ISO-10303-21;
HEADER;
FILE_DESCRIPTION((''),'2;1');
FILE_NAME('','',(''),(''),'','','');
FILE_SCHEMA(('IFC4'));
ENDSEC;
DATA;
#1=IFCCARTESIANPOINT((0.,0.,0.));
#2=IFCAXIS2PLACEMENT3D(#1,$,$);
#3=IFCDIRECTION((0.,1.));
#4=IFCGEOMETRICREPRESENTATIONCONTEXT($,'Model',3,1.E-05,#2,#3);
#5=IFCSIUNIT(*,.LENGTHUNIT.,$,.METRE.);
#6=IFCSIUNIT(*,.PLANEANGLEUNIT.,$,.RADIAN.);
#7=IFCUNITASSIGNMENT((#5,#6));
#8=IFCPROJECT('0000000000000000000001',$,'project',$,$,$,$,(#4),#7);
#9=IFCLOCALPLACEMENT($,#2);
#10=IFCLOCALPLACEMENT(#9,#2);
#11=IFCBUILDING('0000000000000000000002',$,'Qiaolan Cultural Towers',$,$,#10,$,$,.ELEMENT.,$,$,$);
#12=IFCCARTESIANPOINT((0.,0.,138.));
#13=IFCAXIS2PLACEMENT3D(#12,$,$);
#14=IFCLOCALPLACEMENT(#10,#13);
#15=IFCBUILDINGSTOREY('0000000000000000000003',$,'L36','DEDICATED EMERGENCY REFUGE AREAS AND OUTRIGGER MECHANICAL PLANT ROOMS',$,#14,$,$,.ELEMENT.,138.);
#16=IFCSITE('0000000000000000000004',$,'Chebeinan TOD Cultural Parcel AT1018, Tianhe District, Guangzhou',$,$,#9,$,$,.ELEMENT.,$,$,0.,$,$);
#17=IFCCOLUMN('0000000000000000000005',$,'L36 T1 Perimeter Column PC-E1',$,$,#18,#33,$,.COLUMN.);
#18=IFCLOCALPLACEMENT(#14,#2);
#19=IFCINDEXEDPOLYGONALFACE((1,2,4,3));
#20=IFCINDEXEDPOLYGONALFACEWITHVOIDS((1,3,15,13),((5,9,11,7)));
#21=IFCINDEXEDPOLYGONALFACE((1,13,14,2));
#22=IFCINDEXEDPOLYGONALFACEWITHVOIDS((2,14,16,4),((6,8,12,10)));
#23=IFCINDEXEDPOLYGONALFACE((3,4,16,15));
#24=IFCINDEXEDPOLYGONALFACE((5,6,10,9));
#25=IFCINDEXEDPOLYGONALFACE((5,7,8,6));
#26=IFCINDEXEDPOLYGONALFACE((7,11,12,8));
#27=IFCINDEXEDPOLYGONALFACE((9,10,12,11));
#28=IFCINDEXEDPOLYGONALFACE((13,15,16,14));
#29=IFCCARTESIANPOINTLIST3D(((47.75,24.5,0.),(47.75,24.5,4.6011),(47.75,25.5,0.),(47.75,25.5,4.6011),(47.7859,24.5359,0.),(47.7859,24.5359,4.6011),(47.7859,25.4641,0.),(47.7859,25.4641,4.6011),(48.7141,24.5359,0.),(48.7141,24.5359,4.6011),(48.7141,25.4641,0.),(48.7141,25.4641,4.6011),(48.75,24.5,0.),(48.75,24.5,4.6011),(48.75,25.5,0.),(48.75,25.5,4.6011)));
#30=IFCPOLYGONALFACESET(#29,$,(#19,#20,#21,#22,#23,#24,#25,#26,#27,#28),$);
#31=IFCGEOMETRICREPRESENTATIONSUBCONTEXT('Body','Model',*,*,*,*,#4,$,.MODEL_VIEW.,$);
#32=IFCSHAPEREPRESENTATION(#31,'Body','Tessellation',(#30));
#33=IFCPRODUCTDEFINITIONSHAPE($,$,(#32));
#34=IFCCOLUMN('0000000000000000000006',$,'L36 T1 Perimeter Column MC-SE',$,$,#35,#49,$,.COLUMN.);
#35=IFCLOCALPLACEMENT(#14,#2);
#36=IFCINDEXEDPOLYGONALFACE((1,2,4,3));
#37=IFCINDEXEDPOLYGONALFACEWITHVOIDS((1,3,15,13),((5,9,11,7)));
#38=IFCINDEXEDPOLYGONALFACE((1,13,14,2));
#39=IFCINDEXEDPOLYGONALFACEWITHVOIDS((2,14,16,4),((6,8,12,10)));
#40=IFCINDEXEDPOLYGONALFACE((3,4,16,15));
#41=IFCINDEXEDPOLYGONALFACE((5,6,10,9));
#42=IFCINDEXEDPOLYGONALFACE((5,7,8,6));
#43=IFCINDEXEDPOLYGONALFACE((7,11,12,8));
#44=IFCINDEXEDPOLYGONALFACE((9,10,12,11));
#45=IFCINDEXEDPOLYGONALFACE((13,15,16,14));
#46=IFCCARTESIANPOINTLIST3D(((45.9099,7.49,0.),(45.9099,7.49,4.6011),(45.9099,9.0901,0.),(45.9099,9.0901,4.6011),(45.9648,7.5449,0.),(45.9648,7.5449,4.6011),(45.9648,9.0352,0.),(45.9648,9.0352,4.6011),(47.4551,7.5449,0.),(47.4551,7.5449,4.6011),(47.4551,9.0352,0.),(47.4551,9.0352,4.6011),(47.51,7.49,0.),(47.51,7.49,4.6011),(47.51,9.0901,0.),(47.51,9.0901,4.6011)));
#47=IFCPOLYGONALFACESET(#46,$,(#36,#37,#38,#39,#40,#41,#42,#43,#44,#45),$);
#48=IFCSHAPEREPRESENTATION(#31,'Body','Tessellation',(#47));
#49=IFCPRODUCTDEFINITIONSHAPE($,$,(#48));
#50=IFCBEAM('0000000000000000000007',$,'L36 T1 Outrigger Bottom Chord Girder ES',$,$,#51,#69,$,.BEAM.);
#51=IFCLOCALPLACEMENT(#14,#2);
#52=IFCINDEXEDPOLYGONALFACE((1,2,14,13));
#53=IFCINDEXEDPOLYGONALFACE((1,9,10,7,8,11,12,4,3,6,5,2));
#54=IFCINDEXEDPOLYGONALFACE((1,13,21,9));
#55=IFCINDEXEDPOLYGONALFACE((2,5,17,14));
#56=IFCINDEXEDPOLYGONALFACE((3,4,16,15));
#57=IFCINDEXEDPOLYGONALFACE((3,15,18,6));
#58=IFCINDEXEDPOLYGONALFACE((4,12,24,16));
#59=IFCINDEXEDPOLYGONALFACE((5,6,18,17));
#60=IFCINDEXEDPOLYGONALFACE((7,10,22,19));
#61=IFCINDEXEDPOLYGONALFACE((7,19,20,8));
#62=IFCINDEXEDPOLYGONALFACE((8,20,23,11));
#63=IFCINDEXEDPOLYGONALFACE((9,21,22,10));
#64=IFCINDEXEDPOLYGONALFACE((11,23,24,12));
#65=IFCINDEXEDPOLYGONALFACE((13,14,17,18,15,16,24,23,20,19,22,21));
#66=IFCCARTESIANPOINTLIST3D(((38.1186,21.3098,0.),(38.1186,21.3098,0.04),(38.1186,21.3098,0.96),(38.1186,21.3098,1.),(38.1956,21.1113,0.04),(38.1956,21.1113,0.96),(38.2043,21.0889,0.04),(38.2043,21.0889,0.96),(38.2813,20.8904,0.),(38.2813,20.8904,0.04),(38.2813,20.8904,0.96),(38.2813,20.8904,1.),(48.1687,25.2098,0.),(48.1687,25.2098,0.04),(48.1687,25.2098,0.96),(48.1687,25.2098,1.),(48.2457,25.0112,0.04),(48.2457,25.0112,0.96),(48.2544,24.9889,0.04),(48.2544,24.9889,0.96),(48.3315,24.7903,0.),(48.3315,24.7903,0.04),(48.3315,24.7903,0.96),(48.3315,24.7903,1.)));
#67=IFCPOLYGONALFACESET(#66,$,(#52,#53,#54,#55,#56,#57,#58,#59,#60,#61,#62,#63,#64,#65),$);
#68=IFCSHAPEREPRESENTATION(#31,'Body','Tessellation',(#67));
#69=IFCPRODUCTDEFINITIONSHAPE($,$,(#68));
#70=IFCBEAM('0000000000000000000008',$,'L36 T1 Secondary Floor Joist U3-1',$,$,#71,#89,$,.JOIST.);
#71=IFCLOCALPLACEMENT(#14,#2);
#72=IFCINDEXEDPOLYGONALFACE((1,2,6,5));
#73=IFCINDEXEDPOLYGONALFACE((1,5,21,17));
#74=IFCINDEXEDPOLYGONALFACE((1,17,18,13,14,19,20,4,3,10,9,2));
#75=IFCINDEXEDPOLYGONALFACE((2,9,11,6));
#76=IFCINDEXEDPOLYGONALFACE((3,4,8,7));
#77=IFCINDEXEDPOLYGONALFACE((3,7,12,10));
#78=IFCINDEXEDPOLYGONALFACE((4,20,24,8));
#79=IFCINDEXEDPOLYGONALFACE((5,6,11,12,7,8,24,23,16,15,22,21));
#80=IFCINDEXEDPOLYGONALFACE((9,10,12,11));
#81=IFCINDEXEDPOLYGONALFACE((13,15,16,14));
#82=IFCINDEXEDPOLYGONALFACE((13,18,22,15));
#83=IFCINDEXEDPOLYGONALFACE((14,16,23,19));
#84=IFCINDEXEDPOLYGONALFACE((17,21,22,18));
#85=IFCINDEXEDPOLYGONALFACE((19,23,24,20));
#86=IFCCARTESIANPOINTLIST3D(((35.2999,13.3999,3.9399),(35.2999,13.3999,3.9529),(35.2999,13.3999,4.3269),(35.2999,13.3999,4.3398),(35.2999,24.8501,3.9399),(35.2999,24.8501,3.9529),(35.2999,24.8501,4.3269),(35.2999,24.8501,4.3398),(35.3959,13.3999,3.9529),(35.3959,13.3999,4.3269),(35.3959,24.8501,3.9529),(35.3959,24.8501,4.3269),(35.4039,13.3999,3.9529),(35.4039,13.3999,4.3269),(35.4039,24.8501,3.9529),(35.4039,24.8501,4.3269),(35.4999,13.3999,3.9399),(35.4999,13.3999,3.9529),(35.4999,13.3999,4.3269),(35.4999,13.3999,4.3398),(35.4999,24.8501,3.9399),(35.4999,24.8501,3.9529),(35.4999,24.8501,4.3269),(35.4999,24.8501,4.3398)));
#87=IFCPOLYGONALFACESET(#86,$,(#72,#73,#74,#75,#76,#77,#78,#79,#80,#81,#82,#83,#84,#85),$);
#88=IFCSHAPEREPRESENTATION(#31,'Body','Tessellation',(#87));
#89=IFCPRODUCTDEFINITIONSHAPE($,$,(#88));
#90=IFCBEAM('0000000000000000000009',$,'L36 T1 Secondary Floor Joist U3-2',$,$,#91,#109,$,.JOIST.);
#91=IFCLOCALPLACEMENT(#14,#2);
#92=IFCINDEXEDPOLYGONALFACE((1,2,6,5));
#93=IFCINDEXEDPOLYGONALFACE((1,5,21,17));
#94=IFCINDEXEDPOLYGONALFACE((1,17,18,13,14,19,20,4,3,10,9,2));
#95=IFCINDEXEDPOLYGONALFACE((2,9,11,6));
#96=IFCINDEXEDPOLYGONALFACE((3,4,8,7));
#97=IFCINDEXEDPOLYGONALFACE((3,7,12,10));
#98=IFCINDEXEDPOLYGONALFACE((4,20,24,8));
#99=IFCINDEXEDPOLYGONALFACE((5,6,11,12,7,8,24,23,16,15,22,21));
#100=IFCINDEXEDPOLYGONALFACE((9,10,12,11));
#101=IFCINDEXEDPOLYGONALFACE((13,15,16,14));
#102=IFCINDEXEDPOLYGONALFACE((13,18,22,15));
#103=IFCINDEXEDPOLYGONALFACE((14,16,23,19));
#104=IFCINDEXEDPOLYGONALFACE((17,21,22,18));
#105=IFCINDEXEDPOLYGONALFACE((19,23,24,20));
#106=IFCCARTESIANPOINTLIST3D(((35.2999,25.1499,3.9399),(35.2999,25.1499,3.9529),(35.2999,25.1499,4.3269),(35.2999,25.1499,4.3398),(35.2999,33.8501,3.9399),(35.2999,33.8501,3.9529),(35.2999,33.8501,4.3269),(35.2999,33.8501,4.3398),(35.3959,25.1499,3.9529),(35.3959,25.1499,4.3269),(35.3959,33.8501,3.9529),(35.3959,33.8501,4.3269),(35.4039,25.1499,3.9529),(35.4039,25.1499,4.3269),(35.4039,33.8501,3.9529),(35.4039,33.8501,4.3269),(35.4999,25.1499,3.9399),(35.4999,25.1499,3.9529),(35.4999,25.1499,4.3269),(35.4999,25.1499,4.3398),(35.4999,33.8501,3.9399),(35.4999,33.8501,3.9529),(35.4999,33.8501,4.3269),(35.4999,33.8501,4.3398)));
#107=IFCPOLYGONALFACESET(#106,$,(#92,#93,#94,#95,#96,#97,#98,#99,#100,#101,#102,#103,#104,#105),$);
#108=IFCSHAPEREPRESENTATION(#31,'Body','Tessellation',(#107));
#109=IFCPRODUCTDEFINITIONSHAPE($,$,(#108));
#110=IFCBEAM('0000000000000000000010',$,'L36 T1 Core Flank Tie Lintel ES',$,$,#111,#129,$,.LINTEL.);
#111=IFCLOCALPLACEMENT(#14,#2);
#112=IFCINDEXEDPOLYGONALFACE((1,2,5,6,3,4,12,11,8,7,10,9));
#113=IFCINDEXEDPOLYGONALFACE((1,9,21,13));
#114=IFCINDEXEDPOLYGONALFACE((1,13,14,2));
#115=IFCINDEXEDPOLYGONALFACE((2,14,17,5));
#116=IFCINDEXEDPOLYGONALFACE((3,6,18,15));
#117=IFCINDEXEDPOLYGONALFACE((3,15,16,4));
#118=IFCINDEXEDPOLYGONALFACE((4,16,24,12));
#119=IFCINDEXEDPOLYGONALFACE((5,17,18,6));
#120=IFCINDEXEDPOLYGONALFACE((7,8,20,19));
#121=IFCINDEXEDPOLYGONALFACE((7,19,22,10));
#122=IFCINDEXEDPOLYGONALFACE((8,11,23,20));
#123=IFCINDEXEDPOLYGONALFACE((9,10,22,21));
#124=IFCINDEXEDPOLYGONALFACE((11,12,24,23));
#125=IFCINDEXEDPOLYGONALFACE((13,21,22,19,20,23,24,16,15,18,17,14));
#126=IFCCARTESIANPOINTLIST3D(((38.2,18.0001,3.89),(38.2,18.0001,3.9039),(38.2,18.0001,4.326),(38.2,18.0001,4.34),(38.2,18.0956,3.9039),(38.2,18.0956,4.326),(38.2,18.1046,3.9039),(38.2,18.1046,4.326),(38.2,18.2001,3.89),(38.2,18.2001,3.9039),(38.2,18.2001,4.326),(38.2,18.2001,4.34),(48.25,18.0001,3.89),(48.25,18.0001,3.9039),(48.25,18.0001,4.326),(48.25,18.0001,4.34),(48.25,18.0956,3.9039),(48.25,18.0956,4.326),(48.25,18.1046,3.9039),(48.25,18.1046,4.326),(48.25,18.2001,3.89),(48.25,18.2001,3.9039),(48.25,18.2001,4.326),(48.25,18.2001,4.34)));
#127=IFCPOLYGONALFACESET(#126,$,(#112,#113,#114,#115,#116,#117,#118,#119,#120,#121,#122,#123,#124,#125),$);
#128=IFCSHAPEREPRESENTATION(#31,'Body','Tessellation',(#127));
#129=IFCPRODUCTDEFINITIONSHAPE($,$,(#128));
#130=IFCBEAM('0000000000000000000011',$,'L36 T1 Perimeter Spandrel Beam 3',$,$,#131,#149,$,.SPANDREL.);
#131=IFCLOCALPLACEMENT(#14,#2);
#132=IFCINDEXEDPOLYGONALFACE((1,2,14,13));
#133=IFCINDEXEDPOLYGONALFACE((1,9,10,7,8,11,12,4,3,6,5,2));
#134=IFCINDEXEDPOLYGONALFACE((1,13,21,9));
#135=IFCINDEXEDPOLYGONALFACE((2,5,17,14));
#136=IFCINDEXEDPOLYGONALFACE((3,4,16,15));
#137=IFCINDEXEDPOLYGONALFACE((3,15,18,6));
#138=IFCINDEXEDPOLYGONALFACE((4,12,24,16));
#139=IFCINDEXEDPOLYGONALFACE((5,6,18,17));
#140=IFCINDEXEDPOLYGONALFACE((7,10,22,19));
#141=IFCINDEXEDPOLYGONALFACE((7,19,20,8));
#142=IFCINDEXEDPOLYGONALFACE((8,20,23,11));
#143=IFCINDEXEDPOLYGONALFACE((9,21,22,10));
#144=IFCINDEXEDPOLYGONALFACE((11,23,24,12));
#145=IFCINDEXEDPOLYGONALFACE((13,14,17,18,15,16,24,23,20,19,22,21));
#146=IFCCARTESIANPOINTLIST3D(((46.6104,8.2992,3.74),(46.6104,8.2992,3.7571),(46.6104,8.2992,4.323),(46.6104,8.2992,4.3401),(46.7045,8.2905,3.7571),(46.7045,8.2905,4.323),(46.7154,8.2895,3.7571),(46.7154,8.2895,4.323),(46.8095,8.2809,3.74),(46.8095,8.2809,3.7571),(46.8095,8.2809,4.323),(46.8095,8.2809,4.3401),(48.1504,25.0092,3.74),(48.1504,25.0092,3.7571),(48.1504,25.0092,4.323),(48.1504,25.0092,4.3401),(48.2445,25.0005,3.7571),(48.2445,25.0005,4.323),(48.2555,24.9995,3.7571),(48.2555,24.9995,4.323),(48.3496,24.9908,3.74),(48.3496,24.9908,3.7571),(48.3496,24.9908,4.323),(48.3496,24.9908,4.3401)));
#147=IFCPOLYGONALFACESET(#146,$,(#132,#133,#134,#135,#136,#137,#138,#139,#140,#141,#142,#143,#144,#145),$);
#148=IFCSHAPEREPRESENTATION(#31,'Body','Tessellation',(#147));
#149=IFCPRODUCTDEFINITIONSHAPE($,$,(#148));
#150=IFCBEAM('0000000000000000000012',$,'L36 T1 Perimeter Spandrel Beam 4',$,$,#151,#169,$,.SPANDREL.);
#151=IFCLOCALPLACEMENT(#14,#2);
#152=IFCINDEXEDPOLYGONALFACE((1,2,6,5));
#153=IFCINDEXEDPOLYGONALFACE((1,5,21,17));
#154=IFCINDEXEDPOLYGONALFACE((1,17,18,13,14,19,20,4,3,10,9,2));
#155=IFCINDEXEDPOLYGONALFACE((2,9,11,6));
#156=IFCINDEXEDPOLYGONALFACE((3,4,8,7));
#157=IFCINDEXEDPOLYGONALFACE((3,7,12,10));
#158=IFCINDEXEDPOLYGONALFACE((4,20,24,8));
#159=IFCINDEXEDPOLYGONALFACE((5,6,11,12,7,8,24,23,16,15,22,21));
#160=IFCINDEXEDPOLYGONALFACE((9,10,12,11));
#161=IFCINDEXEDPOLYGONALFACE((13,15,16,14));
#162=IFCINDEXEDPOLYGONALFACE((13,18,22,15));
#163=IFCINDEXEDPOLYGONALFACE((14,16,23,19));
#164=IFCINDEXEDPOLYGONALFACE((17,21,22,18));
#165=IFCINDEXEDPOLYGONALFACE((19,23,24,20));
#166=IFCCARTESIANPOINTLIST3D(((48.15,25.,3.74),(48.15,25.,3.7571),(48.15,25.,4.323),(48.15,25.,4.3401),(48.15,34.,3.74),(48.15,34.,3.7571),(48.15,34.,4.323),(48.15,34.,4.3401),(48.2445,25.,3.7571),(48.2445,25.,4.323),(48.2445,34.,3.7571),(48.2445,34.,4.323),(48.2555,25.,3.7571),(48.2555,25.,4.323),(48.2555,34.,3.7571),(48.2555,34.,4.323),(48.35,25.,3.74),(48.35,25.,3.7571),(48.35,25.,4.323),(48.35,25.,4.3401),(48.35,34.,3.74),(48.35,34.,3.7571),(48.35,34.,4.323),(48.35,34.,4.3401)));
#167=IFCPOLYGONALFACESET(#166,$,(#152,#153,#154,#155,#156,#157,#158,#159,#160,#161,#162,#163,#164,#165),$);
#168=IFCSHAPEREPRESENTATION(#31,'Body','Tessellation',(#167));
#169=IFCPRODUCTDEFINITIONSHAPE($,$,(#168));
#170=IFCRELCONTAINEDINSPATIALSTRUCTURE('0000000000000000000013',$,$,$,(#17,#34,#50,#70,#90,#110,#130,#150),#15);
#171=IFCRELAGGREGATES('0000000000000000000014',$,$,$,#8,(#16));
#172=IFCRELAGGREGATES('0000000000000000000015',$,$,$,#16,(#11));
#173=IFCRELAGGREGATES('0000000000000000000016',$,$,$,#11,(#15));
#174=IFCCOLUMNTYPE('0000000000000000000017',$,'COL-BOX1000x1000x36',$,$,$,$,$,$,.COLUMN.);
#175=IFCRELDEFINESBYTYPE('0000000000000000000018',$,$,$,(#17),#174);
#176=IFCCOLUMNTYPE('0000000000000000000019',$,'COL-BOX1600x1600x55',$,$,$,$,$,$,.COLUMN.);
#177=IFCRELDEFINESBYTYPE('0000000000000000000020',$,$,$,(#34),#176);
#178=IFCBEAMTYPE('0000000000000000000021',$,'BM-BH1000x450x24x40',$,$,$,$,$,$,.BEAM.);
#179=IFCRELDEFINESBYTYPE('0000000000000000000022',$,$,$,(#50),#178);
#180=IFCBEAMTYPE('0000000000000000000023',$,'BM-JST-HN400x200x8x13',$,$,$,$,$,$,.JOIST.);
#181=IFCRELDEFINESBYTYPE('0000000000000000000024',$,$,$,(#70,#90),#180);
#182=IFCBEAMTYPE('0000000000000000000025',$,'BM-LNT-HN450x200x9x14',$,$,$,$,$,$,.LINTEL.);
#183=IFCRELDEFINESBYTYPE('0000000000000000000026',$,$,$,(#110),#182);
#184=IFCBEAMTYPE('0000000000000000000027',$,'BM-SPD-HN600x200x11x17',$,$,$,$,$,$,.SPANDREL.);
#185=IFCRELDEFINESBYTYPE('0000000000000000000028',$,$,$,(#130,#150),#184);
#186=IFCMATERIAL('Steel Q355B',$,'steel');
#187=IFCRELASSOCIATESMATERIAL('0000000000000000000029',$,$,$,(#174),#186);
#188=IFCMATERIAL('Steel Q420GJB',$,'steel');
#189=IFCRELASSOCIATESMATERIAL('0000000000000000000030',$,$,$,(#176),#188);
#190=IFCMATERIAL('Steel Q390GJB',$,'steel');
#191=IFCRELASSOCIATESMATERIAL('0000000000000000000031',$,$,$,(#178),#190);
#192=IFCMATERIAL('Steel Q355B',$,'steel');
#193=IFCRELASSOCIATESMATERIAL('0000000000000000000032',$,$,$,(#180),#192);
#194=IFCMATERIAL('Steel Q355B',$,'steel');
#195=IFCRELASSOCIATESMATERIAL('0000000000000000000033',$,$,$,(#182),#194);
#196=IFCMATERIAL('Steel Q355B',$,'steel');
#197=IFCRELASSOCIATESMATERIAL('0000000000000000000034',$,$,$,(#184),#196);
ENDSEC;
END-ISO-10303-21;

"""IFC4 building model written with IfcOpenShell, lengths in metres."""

from ifc_helpers import new_model, si_unit, direction, frame, origin, origin_2d, place, context, subcontext, project, spatial, hollow_rectangle, i_section, extrude, material, material_profile, profile_set, type_object, element, save


model = new_model("IFC4")

# Units and contexts
model_context = context("Model", 3, precision=1e-05, world=origin(), true_north=direction((0.0, 1.0)))
body_context = subcontext(model_context, "Body", "Model", "MODEL_VIEW")
ifc_project = project(units=[si_unit("LENGTHUNIT", "METRE"), si_unit("PLANEANGLEUNIT", "RADIAN")], contexts=[model_context])

# Site, building, storey
site_placement = place(None, origin())
site = spatial("IfcSite", under=ifc_project, at=site_placement, Name="Chebeinan TOD Cultural Parcel AT1018, Tianhe District, Guangzhou", CompositionType="ELEMENT", RefElevation=0.0)
building_placement = place(site_placement, origin())
building = spatial("IfcBuilding", under=site, at=building_placement, Name="Qiaolan Cultural Towers", CompositionType="ELEMENT")
storey_placement = place(building_placement, frame((0.0, 0.0, 138.0)))
storey = spatial("IfcBuildingStorey", under=building, at=storey_placement, Name="L36", Description="DEDICATED EMERGENCY REFUGE AREAS AND OUTRIGGER MECHANICAL PLANT ROOMS", CompositionType="ELEMENT", Elevation=138.0)

# Columns
ifc_material_1 = material(Name="Steel Q355B", Category="steel")
ifc_material_profile_1 = material_profile(ifc_material_1, hollow_rectangle(XDim=1.0, YDim=1.0, WallThickness=0.0359, at=origin_2d()), Name="BOX1000x1000x36")
ifc_profile_set_1 = profile_set([ifc_material_profile_1], Name="Steel Q355B")
column_type_1 = type_object("IfcColumnType", Name="COL-BOX1000x1000x36", PredefinedType="COLUMN", material=ifc_profile_set_1)
column_1_placement = place(storey_placement, frame((48.25, 25.0, 0.0), z_axis=(0.0, 0.0, 1.0), x_axis=(1.0, 0.0, 0.0)))
element("IfcColumn", 1, at=column_1_placement, inside=storey, type_object=column_type_1, Name="L36 T1 Perimeter Column PC-E1", PredefinedType="COLUMN", context=body_context, shape_type="SweptSolid", body=[
    extrude(hollow_rectangle(XDim=1.0, YDim=1.0, WallThickness=0.0359, at=origin_2d()), origin(), (0.0, 0.0, 1.0), 4.6011),
])
ifc_material_2 = material(Name="Steel Q420GJB", Category="steel")
ifc_material_profile_2 = material_profile(ifc_material_2, hollow_rectangle(XDim=1.6001, YDim=1.6001, WallThickness=0.0549, at=origin_2d()), Name="BOX1600x1600x55")
ifc_profile_set_2 = profile_set([ifc_material_profile_2], Name="Steel Q420GJB")
column_type_2 = type_object("IfcColumnType", Name="COL-BOX1600x1600x55", PredefinedType="COLUMN", material=ifc_profile_set_2)
column_2_placement = place(storey_placement, frame((46.71, 8.29, 0.0), z_axis=(0.0, 0.0, 1.0), x_axis=(1.0, 0.0, 0.0)))
element("IfcColumn", 2, at=column_2_placement, inside=storey, type_object=column_type_2, Name="L36 T1 Perimeter Column MC-SE", PredefinedType="COLUMN", context=body_context, shape_type="SweptSolid", body=[
    extrude(hollow_rectangle(XDim=1.6001, YDim=1.6001, WallThickness=0.0549, at=origin_2d()), origin(), (0.0, 0.0, 1.0), 4.6011),
])

# Beams
ifc_material_3 = material(Name="Steel Q390GJB", Category="steel")
ifc_material_profile_3 = material_profile(ifc_material_3, i_section(OverallWidth=0.45, OverallDepth=1.0, WebThickness=0.0239, FlangeThickness=0.04, at=origin_2d()), Name="BH1000x450x24x40")
ifc_profile_set_3 = profile_set([ifc_material_profile_3], Name="Steel Q390GJB")
beam_type_1 = type_object("IfcBeamType", Name="BM-BH1000x450x24x40", PredefinedType="BEAM", material=ifc_profile_set_3)
beam_1_placement = place(storey_placement, frame((38.2, 21.1001, 0.5), z_axis=(0.932269, 0.361765, 0.0), x_axis=(-0.361765, 0.932269, 0.0)))
element("IfcBeam", 3, at=beam_1_placement, inside=storey, type_object=beam_type_1, Name="L36 T1 Outrigger Bottom Chord Girder ES", PredefinedType="BEAM", context=body_context, shape_type="SweptSolid", body=[
    extrude(i_section(OverallWidth=0.45, OverallDepth=1.0, WebThickness=0.0239, FlangeThickness=0.04, at=origin_2d()), origin(), (0.0, 0.0, 1.0), 10.7803),
])
ifc_material_4 = material(Name="Steel Q355B", Category="steel")
ifc_material_profile_4 = material_profile(ifc_material_4, i_section(OverallWidth=0.2, OverallDepth=0.3999, WebThickness=0.0081, FlangeThickness=0.0129, at=origin_2d()), Name="HN400x200x8x13")
ifc_profile_set_4 = profile_set([ifc_material_profile_4], Name="Steel Q355B")
beam_type_2 = type_object("IfcBeamType", Name="BM-JST-HN400x200x8x13", PredefinedType="JOIST", material=ifc_profile_set_4)
beam_2_placement = place(storey_placement, frame((35.3999, 13.3999, 4.1399), z_axis=(0.0, 1.0, 0.0), x_axis=(-1.0, 0.0, 0.0)))
element("IfcBeam", 4, at=beam_2_placement, inside=storey, type_object=beam_type_2, Name="L36 T1 Secondary Floor Joist U3-1", PredefinedType="JOIST", context=body_context, shape_type="SweptSolid", body=[
    extrude(i_section(OverallWidth=0.2, OverallDepth=0.3999, WebThickness=0.0081, FlangeThickness=0.0129, at=origin_2d()), origin(), (0.0, 0.0, 1.0), 11.4502),
])
beam_3_placement = place(storey_placement, frame((35.3999, 25.1499, 4.1399), z_axis=(0.0, 1.0, 0.0), x_axis=(-1.0, 0.0, 0.0)))
element("IfcBeam", 5, at=beam_3_placement, inside=storey, type_object=beam_type_2, Name="L36 T1 Secondary Floor Joist U3-2", PredefinedType="JOIST", context=body_context, shape_type="SweptSolid", body=[
    extrude(i_section(OverallWidth=0.2, OverallDepth=0.3999, WebThickness=0.0081, FlangeThickness=0.0129, at=origin_2d()), origin(), (0.0, 0.0, 1.0), 8.7002),
])
ifc_material_5 = material(Name="Steel Q355B", Category="steel")
ifc_material_profile_5 = material_profile(ifc_material_5, i_section(OverallWidth=0.2, OverallDepth=0.45, WebThickness=0.009, FlangeThickness=0.0139, at=origin_2d()), Name="HN450x200x9x14")
ifc_profile_set_5 = profile_set([ifc_material_profile_5], Name="Steel Q355B")
beam_type_3 = type_object("IfcBeamType", Name="BM-LNT-HN450x200x9x14", PredefinedType="LINTEL", material=ifc_profile_set_5)
beam_4_placement = place(storey_placement, frame((38.2, 18.1001, 4.115), z_axis=(1.0, 0.0, 0.0), x_axis=(0.0, 1.0, 0.0)))
element("IfcBeam", 6, at=beam_4_placement, inside=storey, type_object=beam_type_3, Name="L36 T1 Core Flank Tie Lintel ES", PredefinedType="LINTEL", context=body_context, shape_type="SweptSolid", body=[
    extrude(i_section(OverallWidth=0.2, OverallDepth=0.45, WebThickness=0.009, FlangeThickness=0.0139, at=origin_2d()), origin(), (0.0, 0.0, 1.0), 10.05),
])
ifc_material_6 = material(Name="Steel Q355B", Category="steel")
ifc_material_profile_6 = material_profile(ifc_material_6, i_section(OverallWidth=0.2, OverallDepth=0.6001, WebThickness=0.011, FlangeThickness=0.0171, at=origin_2d()), Name="HN600x200x11x17")
ifc_profile_set_6 = profile_set([ifc_material_profile_6], Name="Steel Q355B")
beam_type_4 = type_object("IfcBeamType", Name="BM-SPD-HN600x200x11x17", PredefinedType="SPANDREL", material=ifc_profile_set_6)
beam_5_placement = place(storey_placement, frame((46.71, 8.29, 4.04), z_axis=(0.091774, 0.99578, 0.0), x_axis=(-0.99578, 0.091774, 0.0)))
element("IfcBeam", 7, at=beam_5_placement, inside=storey, type_object=beam_type_4, Name="L36 T1 Perimeter Spandrel Beam 3", PredefinedType="SPANDREL", context=body_context, shape_type="SweptSolid", body=[
    extrude(i_section(OverallWidth=0.2, OverallDepth=0.6001, WebThickness=0.011, FlangeThickness=0.0171, at=origin_2d()), origin(), (0.0, 0.0, 1.0), 16.7808),
])
beam_6_placement = place(storey_placement, frame((48.25, 25.0, 4.04), z_axis=(0.0, 1.0, 0.0), x_axis=(-1.0, 0.0, 0.0)))
element("IfcBeam", 8, at=beam_6_placement, inside=storey, type_object=beam_type_4, Name="L36 T1 Perimeter Spandrel Beam 4", PredefinedType="SPANDREL", context=body_context, shape_type="SweptSolid", body=[
    extrude(i_section(OverallWidth=0.2, OverallDepth=0.6001, WebThickness=0.011, FlangeThickness=0.0171, at=origin_2d()), origin(), (0.0, 0.0, 1.0), 9.0),
])

save(model, "model.ifc")
